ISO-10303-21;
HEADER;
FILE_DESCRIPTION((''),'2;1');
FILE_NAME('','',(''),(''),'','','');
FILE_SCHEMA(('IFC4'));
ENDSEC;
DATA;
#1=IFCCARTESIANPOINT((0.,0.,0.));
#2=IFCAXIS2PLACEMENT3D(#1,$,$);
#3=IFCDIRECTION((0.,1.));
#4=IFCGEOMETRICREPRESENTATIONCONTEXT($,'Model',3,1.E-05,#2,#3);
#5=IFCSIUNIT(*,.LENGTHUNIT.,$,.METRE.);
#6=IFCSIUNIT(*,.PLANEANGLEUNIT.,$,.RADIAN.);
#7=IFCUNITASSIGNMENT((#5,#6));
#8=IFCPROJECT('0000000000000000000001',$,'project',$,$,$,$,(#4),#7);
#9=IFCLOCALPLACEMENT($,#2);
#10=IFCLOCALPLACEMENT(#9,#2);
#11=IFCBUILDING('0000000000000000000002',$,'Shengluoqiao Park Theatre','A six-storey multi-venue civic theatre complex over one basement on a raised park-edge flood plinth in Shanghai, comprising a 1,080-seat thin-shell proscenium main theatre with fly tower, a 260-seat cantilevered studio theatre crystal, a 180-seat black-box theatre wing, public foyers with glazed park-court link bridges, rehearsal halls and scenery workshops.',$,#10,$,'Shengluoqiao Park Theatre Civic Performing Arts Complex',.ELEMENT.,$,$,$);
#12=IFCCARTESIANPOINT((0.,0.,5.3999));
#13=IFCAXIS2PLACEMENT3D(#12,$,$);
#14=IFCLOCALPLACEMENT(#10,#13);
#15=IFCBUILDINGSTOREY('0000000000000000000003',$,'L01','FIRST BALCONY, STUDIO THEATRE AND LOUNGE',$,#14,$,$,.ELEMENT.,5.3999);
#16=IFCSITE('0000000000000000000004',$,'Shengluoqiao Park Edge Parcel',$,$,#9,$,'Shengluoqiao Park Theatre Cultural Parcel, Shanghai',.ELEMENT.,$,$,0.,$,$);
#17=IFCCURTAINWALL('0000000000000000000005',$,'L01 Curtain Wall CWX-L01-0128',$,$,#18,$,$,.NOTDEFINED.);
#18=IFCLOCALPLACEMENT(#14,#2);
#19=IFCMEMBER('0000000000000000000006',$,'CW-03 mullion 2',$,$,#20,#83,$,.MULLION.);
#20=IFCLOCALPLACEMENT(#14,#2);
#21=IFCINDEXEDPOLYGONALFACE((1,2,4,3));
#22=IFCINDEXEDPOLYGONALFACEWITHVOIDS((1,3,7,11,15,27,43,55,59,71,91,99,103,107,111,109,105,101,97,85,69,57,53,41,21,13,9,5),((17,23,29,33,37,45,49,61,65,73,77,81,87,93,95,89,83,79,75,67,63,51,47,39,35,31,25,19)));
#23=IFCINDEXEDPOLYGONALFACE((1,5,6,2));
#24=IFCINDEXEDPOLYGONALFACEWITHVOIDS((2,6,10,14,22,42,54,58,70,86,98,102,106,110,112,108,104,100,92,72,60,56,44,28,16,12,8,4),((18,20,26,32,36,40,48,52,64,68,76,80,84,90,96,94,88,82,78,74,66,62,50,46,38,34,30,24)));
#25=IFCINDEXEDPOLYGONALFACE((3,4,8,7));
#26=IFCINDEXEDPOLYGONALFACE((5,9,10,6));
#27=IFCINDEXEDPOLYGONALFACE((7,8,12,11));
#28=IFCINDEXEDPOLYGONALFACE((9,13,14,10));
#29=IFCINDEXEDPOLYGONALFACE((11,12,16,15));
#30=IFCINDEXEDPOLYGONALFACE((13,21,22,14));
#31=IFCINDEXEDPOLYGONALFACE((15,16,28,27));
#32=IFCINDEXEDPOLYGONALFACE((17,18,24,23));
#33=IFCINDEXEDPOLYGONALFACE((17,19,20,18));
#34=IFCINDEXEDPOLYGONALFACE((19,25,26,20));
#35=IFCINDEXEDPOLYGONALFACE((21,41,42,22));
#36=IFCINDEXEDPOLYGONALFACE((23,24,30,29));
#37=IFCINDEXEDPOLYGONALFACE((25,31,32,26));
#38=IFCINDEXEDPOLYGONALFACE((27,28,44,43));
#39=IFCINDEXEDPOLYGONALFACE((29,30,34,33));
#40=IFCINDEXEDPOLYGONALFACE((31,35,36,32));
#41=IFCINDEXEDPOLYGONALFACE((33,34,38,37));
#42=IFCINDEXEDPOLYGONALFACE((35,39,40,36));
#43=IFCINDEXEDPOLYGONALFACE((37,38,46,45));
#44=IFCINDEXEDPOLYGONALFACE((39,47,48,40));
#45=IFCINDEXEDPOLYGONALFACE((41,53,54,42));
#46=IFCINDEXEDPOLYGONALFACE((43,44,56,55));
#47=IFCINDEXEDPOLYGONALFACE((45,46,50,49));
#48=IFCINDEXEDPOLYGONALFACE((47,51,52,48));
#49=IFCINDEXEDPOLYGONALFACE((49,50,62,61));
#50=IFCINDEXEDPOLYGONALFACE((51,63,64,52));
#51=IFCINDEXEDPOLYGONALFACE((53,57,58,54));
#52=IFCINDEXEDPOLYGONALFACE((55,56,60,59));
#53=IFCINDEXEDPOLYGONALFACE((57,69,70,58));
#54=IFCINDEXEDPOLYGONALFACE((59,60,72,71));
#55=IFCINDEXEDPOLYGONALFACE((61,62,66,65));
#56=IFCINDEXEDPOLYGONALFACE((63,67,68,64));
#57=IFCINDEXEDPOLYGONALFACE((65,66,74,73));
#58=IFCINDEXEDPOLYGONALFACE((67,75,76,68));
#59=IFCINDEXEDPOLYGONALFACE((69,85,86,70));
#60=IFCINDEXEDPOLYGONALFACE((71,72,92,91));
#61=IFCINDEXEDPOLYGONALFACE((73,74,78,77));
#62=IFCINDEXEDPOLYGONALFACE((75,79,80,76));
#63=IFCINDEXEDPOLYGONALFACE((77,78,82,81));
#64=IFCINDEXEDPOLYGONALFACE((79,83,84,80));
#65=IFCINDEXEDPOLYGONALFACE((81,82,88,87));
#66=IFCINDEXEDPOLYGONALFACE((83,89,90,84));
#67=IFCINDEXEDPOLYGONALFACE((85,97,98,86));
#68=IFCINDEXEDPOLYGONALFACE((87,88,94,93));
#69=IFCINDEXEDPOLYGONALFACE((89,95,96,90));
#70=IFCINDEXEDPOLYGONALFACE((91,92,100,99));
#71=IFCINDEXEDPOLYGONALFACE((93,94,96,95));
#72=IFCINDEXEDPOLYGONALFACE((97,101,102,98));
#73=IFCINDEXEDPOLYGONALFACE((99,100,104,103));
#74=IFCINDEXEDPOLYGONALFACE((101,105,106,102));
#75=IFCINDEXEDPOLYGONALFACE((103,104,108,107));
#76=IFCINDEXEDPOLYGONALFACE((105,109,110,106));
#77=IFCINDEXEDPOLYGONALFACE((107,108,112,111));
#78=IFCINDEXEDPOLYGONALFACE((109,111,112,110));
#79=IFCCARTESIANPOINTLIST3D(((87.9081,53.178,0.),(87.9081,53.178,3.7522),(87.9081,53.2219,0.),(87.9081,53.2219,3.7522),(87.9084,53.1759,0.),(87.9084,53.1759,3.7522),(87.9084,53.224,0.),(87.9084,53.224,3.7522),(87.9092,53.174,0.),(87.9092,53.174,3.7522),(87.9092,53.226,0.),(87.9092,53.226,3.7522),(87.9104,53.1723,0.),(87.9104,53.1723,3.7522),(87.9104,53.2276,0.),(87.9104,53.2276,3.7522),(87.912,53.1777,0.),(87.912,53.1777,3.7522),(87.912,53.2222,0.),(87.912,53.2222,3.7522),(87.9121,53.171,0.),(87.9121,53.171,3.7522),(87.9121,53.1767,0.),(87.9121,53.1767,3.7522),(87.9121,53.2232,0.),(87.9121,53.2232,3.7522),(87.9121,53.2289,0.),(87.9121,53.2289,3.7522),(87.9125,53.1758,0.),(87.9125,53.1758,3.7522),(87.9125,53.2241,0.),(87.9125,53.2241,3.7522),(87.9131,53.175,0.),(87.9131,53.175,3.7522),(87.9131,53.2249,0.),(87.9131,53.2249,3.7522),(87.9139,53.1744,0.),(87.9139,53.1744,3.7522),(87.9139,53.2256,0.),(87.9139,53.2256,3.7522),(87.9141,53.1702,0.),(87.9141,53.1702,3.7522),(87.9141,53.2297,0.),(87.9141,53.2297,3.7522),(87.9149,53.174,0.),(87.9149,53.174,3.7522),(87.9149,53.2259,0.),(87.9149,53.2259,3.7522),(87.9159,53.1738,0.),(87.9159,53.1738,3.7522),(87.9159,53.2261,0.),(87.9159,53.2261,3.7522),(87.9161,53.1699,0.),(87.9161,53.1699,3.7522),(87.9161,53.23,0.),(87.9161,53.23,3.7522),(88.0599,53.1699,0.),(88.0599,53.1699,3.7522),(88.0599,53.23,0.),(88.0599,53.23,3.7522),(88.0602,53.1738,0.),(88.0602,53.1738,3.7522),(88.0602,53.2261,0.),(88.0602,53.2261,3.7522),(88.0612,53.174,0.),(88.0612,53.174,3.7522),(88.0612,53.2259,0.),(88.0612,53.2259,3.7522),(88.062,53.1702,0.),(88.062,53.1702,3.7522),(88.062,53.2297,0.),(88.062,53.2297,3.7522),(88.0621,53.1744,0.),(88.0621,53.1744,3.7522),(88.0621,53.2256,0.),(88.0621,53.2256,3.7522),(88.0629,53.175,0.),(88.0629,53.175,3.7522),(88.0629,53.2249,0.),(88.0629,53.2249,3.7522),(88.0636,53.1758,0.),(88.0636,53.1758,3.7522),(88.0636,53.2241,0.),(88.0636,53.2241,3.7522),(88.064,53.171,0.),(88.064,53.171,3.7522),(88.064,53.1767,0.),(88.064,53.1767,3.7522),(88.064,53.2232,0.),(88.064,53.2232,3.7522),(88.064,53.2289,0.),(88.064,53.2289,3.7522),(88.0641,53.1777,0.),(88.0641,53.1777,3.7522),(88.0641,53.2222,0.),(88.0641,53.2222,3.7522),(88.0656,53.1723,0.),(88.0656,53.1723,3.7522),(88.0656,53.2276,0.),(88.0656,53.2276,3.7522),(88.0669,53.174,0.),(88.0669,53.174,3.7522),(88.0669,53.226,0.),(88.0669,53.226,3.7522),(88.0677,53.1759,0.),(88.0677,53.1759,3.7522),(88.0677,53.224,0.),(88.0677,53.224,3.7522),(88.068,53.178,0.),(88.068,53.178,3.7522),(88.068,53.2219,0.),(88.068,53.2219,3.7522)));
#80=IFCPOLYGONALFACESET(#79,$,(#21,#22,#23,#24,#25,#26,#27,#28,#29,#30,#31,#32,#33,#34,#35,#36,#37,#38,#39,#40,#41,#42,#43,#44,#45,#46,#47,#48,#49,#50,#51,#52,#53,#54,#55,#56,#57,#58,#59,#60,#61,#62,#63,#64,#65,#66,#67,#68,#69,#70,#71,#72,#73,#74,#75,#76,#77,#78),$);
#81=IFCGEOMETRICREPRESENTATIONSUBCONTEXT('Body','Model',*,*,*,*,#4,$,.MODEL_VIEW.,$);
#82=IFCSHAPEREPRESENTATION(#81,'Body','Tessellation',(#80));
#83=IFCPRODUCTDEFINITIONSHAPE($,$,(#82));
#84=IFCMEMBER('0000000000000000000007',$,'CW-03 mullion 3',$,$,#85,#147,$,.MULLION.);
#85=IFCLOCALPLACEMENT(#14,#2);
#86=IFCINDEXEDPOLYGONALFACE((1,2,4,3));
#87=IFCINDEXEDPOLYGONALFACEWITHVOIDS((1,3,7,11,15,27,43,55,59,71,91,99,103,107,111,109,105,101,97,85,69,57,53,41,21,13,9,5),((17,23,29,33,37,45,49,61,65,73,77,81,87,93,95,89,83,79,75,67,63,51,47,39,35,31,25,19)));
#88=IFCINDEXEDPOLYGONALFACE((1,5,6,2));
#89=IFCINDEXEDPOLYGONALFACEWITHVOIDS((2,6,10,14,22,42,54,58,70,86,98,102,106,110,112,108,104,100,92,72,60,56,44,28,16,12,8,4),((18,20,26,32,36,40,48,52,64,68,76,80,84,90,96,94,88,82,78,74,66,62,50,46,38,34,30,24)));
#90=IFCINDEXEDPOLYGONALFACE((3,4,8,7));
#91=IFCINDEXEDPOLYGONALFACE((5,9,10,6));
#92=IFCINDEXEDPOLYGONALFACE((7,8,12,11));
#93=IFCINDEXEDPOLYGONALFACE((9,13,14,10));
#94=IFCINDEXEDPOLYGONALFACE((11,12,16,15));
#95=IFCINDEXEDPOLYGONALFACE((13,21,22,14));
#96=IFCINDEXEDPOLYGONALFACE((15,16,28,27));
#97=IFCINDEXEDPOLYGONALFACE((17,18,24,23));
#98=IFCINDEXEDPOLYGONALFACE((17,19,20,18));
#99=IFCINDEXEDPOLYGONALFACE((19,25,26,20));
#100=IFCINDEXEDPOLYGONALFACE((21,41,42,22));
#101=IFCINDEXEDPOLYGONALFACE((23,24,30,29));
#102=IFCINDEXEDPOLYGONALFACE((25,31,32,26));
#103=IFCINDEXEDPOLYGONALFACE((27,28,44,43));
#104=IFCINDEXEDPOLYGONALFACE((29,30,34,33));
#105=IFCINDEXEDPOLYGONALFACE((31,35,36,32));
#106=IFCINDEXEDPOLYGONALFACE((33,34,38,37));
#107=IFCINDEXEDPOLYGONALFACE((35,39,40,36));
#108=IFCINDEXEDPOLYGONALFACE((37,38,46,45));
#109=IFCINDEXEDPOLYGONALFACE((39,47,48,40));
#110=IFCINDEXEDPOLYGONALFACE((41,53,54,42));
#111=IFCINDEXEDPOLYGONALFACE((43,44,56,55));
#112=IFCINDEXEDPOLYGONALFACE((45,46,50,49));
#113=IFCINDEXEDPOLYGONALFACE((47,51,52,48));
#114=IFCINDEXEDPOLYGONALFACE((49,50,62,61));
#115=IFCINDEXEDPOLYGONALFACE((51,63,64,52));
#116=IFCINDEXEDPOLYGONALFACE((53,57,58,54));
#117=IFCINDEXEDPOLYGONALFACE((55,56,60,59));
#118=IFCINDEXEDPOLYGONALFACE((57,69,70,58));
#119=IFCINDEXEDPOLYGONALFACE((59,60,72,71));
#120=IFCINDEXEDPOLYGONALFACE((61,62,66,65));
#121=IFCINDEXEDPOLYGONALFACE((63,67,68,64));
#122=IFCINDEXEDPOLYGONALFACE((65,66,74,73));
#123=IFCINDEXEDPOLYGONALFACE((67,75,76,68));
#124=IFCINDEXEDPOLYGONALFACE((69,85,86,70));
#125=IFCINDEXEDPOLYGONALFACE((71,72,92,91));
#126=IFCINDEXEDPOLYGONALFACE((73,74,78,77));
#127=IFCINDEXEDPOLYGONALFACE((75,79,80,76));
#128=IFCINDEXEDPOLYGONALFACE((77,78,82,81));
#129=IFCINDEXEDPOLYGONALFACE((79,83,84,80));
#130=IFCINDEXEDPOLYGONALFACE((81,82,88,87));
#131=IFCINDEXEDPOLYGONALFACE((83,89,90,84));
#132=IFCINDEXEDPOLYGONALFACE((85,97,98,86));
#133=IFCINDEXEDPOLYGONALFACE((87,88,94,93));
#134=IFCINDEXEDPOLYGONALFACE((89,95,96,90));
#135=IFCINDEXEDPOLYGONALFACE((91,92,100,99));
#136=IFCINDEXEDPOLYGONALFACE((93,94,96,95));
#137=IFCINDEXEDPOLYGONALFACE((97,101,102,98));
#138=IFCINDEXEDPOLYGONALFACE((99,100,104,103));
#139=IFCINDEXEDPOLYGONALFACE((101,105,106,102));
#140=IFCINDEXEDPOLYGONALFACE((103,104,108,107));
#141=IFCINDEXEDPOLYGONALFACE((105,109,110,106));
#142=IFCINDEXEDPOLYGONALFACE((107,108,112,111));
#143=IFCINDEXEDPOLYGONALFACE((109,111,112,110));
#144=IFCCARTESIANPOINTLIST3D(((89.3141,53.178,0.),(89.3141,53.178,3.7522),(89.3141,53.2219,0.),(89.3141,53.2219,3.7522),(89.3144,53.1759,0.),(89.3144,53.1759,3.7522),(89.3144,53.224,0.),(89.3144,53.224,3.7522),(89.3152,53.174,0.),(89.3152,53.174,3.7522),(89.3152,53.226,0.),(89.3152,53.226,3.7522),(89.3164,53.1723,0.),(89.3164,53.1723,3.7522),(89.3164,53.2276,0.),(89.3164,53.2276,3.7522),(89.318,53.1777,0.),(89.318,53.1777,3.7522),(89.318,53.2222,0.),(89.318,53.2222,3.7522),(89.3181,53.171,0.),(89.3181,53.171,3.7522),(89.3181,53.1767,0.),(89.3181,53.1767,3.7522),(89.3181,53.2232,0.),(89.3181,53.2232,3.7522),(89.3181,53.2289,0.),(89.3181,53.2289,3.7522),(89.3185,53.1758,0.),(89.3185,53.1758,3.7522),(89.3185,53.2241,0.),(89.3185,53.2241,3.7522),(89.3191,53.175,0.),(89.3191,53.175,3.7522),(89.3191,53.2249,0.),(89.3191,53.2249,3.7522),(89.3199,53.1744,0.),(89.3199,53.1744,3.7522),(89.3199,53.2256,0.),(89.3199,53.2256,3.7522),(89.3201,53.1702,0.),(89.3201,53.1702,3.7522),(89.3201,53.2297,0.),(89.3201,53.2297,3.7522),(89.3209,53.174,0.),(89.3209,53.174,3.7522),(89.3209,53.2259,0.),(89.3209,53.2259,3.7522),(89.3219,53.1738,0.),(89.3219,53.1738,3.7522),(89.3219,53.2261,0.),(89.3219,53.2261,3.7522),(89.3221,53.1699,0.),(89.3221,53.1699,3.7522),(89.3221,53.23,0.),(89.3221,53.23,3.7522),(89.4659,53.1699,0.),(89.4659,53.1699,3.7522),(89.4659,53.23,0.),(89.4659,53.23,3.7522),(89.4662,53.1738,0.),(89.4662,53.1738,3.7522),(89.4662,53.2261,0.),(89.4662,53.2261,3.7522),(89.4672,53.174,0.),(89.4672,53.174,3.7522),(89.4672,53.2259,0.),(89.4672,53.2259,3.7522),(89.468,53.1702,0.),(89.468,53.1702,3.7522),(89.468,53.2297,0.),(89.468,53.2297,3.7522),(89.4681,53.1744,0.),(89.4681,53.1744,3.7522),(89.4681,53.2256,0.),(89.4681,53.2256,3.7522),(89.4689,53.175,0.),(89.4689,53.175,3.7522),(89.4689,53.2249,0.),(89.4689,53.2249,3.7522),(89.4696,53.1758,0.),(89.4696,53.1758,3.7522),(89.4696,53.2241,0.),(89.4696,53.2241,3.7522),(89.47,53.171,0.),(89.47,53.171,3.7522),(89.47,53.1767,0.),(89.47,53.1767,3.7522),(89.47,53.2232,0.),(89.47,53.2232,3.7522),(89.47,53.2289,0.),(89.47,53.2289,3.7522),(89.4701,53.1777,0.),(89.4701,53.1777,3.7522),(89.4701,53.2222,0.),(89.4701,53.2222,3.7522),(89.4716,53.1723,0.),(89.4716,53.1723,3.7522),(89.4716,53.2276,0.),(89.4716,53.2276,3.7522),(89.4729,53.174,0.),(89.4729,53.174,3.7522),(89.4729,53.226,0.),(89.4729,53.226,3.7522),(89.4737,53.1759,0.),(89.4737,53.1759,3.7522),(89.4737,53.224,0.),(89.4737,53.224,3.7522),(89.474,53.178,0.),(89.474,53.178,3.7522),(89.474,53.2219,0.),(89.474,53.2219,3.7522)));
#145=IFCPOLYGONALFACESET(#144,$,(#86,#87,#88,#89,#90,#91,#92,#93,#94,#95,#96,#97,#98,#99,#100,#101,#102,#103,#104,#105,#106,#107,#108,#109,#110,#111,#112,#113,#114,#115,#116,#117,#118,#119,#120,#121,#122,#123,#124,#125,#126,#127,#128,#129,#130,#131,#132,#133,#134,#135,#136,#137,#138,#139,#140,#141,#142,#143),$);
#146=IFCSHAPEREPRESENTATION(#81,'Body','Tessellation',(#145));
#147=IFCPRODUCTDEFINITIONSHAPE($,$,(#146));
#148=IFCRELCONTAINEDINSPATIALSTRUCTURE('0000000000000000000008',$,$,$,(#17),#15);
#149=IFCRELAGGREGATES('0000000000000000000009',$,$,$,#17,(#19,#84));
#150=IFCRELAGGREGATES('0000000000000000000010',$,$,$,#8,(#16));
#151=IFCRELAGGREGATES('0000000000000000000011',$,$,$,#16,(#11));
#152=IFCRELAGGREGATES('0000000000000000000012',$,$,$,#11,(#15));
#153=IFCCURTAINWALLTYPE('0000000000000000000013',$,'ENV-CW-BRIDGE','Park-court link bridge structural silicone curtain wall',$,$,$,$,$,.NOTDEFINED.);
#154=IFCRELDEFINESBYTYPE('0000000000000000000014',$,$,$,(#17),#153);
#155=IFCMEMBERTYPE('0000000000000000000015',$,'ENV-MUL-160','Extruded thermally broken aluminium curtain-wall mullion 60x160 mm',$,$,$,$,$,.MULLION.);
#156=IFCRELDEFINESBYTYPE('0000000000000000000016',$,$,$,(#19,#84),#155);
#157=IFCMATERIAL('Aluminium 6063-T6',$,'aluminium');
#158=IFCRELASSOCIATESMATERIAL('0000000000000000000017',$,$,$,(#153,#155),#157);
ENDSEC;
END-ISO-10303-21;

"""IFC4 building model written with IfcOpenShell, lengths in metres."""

from ifc_helpers import new_model, si_unit, direction, frame, origin, origin_2d, place, context, subcontext, project, spatial, hollow_rectangle, extrude, material, material_profile, profile_set, type_object, element, aggregate, save


model = new_model("IFC4")

# Units and contexts
model_context = context("Model", 3, precision=1e-05, world=origin(), true_north=direction((0.0, 1.0)))
body_context = subcontext(model_context, "Body", "Model", "MODEL_VIEW")
ifc_project = project(units=[si_unit("LENGTHUNIT", "METRE"), si_unit("PLANEANGLEUNIT", "RADIAN")], contexts=[model_context])

# Site, building, storey
site_placement = place(None, origin())
site = spatial("IfcSite", under=ifc_project, at=site_placement, Name="Shengluoqiao Park Edge Parcel", LongName="Shengluoqiao Park Theatre Cultural Parcel, Shanghai", CompositionType="ELEMENT", RefElevation=0.0)
building_placement = place(site_placement, origin())
building = spatial("IfcBuilding", under=site, at=building_placement, Name="Shengluoqiao Park Theatre", Description="A six-storey multi-venue civic theatre complex over one basement on a raised park-edge flood plinth in Shanghai, comprising a 1,080-seat thin-shell proscenium main theatre with fly tower, a 260-seat cantilevered studio theatre crystal, a 180-seat black-box theatre wing, public foyers with glazed park-court link bridges, rehearsal halls and scenery workshops.", LongName="Shengluoqiao Park Theatre Civic Performing Arts Complex", CompositionType="ELEMENT")
storey_placement = place(building_placement, frame((0.0, 0.0, 5.3999)))
storey = spatial("IfcBuildingStorey", under=building, at=storey_placement, Name="L01", Description="FIRST BALCONY, STUDIO THEATRE AND LOUNGE", CompositionType="ELEMENT", Elevation=5.3999)

# Shared definitions
ifc_material_1 = material(Name="Aluminium 6063-T6", Category="aluminium")
curtain_wall_type = type_object("IfcCurtainWallType", Name="ENV-CW-BRIDGE", Description="Park-court link bridge structural silicone curtain wall", PredefinedType="NOTDEFINED", material=ifc_material_1)
ifc_material_profile_1 = material_profile(ifc_material_1, hollow_rectangle(XDim=0.0601, YDim=0.1599, WallThickness=0.0039, InnerFilletRadius=0.0039, OuterFilletRadius=0.0081, at=origin_2d()), Name="ALU MULLION 160x60x4")
ifc_profile_set_1 = profile_set([ifc_material_profile_1], Name="Aluminium 6063-T6")
member_type_1 = type_object("IfcMemberType", Name="ENV-MUL-160", Description="Extruded thermally broken aluminium curtain-wall mullion 60x160 mm", PredefinedType="MULLION", material=ifc_profile_set_1)

# Curtain wall, members
curtain_wall_1_placement = place(storey_placement, origin())
curtain_wall_1 = element("IfcCurtainWall", 1, at=curtain_wall_1_placement, inside=storey, type_object=curtain_wall_type, Name="L01 Curtain Wall CWX-L01-0128", PredefinedType="NOTDEFINED")
member_1_placement = place(storey_placement, frame((87.988, 53.2, 0.0), z_axis=(0.0, 0.0, 1.0), x_axis=(0.0, 1.0, 0.0)))
member_1 = element("IfcMember", 2, at=member_1_placement, type_object=member_type_1, Name="CW-03 mullion 2", PredefinedType="MULLION", context=body_context, shape_type="SweptSolid", body=[
    extrude(hollow_rectangle(XDim=0.0601, YDim=0.1599, WallThickness=0.0039, InnerFilletRadius=0.0039, OuterFilletRadius=0.0081, at=origin_2d()), origin(), (0.0, 0.0, 1.0), 3.7522),
])
member_2_placement = place(storey_placement, frame((89.394, 53.2, 0.0), z_axis=(0.0, 0.0, 1.0), x_axis=(0.0, 1.0, 0.0)))
member_2 = element("IfcMember", 3, at=member_2_placement, type_object=member_type_1, Name="CW-03 mullion 3", PredefinedType="MULLION", context=body_context, shape_type="SweptSolid", body=[
    extrude(hollow_rectangle(XDim=0.0601, YDim=0.1599, WallThickness=0.0039, InnerFilletRadius=0.0039, OuterFilletRadius=0.0081, at=origin_2d()), origin(), (0.0, 0.0, 1.0), 3.7522),
])

aggregate(curtain_wall_1, [member_1, member_2])

save(model, "model.ifc")
